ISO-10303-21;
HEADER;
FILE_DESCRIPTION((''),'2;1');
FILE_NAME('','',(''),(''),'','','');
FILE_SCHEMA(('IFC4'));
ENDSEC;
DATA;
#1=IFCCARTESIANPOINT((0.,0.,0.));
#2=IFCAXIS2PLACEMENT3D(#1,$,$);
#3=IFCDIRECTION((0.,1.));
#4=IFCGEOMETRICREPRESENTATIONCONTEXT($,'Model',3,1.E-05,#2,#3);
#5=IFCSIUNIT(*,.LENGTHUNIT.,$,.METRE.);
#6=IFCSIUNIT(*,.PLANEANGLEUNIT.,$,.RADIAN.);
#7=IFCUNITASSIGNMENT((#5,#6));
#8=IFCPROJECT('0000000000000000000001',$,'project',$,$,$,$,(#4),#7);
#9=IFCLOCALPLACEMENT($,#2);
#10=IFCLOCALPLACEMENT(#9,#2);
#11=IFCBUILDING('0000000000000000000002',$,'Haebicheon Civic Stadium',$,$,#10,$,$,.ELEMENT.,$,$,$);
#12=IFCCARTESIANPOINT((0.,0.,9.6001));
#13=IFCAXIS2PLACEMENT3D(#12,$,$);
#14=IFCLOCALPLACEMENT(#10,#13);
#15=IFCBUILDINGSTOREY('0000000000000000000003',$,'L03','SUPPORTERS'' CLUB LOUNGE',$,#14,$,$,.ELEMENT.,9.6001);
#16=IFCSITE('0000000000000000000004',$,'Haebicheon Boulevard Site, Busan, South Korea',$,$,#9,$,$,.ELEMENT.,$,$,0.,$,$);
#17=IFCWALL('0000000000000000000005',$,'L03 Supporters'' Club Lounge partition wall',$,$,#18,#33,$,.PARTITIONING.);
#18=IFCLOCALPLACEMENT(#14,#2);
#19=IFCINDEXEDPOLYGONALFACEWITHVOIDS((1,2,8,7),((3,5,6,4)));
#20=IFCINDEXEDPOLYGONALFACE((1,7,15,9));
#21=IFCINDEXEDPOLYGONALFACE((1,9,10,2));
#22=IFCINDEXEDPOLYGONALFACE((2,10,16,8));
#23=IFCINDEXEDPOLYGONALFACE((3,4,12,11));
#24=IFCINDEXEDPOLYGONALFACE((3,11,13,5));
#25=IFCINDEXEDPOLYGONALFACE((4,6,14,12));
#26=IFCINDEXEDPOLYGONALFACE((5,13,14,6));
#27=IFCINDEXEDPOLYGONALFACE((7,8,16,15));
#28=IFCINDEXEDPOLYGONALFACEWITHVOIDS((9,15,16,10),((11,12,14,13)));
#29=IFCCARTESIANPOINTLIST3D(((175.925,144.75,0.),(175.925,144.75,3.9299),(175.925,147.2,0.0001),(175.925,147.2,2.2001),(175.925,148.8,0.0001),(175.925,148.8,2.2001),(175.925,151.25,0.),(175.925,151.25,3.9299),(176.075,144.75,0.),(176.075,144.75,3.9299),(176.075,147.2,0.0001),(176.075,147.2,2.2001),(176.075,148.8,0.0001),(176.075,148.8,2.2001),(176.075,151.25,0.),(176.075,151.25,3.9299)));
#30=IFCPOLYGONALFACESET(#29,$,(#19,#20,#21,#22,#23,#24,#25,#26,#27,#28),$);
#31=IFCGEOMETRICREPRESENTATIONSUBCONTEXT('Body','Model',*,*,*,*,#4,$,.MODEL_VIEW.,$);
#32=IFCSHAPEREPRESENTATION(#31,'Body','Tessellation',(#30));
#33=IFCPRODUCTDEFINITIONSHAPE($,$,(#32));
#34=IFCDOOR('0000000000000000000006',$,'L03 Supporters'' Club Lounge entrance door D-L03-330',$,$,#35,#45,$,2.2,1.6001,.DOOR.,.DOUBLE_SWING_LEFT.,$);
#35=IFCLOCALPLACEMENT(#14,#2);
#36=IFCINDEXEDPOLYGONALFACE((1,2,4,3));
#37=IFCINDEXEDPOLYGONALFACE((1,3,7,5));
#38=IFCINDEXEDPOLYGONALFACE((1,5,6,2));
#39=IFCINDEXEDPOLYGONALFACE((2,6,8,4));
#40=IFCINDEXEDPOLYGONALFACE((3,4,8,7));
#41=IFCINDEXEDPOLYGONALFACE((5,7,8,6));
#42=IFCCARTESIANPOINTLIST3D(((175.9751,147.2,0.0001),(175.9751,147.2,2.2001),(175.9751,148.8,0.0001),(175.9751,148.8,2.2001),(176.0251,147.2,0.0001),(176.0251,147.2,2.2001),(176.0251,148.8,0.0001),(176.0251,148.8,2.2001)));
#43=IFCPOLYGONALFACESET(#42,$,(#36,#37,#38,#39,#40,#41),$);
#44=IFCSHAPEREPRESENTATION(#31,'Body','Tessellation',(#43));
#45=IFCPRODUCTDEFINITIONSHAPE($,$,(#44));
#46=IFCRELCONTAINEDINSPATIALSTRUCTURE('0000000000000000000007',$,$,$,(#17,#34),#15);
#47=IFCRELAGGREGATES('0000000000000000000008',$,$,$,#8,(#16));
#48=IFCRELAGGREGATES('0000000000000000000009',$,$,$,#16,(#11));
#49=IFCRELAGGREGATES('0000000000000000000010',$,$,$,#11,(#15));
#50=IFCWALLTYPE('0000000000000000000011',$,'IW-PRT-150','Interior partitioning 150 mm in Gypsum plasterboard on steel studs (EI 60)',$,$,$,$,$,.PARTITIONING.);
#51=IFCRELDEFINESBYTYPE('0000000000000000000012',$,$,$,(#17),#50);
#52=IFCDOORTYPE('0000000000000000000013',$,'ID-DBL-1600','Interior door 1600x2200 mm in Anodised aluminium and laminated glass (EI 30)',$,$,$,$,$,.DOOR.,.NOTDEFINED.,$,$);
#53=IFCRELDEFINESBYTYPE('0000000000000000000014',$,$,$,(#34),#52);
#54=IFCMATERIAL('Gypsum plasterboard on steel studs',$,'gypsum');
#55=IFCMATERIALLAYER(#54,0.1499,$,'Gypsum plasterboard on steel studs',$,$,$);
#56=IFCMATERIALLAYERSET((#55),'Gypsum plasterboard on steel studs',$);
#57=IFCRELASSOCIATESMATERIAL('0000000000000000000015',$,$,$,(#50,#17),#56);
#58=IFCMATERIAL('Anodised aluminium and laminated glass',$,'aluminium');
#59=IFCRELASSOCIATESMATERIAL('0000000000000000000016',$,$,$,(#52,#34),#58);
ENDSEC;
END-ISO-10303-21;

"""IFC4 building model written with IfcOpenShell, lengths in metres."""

from ifc_helpers import new_model, si_unit, direction, frame, frame_2d, origin, place, context, subcontext, project, spatial, rectangle, extrude, material, layer, layer_set, type_object, element, fill, save


model = new_model("IFC4")

# Units and contexts
model_context = context("Model", 3, precision=1e-05, world=origin(), true_north=direction((0.0, 1.0)))
body_context = subcontext(model_context, "Body", "Model", "MODEL_VIEW")
ifc_project = project(units=[si_unit("LENGTHUNIT", "METRE"), si_unit("PLANEANGLEUNIT", "RADIAN")], contexts=[model_context])

# Site, building, storey
site_placement = place(None, origin())
site = spatial("IfcSite", under=ifc_project, at=site_placement, Name="Haebicheon Boulevard Site, Busan, South Korea", CompositionType="ELEMENT", RefElevation=0.0)
building_placement = place(site_placement, origin())
building = spatial("IfcBuilding", under=site, at=building_placement, Name="Haebicheon Civic Stadium", CompositionType="ELEMENT")
storey_placement = place(building_placement, frame((0.0, 0.0, 9.6001)))
storey = spatial("IfcBuildingStorey", under=building, at=storey_placement, Name="L03", Description="SUPPORTERS' CLUB LOUNGE", CompositionType="ELEMENT", Elevation=9.6001)

# Wall, opening, door
ifc_material_1 = material(Name="Gypsum plasterboard on steel studs", Category="gypsum")
ifc_layer_1 = layer(ifc_material_1, 0.1499, Name="Gypsum plasterboard on steel studs")
ifc_layer_set_1 = layer_set([ifc_layer_1], Name="Gypsum plasterboard on steel studs")
wall_type_1 = type_object("IfcWallType", Name="IW-PRT-150", Description="Interior partitioning 150 mm in Gypsum plasterboard on steel studs (EI 60)", PredefinedType="PARTITIONING", material=ifc_layer_set_1)
ifc_material_2 = material(Name="Anodised aluminium and laminated glass", Category="aluminium")
door_type_1 = type_object("IfcDoorType", Name="ID-DBL-1600", Description="Interior door 1600x2200 mm in Anodised aluminium and laminated glass (EI 30)", OperationType="NOTDEFINED", PredefinedType="DOOR", material=ifc_material_2)
wall_1_placement = place(storey_placement, frame((176.0, 144.75, 0.0), z_axis=(0.0, 0.0, 1.0), x_axis=(0.0, 1.0, 0.0)))
wall_1 = element("IfcWall", 1, at=wall_1_placement, inside=storey, type_object=wall_type_1, material=ifc_layer_set_1, Name="L03 Supporters' Club Lounge partition wall", PredefinedType="PARTITIONING", context=body_context, shape_type="SweptSolid", body=[
    extrude(rectangle(XDim=6.5, YDim=0.1499, at=frame_2d((3.25, 0.0))), origin(), (0.0, 0.0, 1.0), 3.9299),
])
opening_1_placement = place(wall_1_placement, frame((2.45, 0.0, 0.0)))
opening_1 = element("IfcOpeningElement", 2, at=opening_1_placement, cuts=wall_1, PredefinedType="OPENING", context=body_context, shape_type="SweptSolid", body=[
    extrude(rectangle(XDim=1.6001, YDim=2.2, at=frame_2d((0.8, 1.1001))), frame((0.0, 0.085, 0.0), z_axis=(0.0, -1.0, 0.0), x_axis=(1.0, 0.0, 0.0)), (0.0, 0.0, 1.0), 0.1699),
])
door_1_placement = place(opening_1_placement, origin())
door_1 = element("IfcDoor", 3, at=door_1_placement, inside=storey, type_object=door_type_1, material=ifc_material_2, Name="L03 Supporters' Club Lounge entrance door D-L03-330", OperationType="DOUBLE_SWING_LEFT", OverallHeight=2.2, OverallWidth=1.6001, PredefinedType="DOOR", context=body_context, shape_type="SweptSolid", body=[
    extrude(rectangle(XDim=1.6001, YDim=2.2, at=frame_2d((0.8, 1.1001))), frame((0.0, 0.0249, 0.0), z_axis=(0.0, -1.0, 0.0), x_axis=(1.0, 0.0, 0.0)), (0.0, 0.0, 1.0), 0.05),
])
fill(opening_1, door_1)

save(model, "model.ifc")
